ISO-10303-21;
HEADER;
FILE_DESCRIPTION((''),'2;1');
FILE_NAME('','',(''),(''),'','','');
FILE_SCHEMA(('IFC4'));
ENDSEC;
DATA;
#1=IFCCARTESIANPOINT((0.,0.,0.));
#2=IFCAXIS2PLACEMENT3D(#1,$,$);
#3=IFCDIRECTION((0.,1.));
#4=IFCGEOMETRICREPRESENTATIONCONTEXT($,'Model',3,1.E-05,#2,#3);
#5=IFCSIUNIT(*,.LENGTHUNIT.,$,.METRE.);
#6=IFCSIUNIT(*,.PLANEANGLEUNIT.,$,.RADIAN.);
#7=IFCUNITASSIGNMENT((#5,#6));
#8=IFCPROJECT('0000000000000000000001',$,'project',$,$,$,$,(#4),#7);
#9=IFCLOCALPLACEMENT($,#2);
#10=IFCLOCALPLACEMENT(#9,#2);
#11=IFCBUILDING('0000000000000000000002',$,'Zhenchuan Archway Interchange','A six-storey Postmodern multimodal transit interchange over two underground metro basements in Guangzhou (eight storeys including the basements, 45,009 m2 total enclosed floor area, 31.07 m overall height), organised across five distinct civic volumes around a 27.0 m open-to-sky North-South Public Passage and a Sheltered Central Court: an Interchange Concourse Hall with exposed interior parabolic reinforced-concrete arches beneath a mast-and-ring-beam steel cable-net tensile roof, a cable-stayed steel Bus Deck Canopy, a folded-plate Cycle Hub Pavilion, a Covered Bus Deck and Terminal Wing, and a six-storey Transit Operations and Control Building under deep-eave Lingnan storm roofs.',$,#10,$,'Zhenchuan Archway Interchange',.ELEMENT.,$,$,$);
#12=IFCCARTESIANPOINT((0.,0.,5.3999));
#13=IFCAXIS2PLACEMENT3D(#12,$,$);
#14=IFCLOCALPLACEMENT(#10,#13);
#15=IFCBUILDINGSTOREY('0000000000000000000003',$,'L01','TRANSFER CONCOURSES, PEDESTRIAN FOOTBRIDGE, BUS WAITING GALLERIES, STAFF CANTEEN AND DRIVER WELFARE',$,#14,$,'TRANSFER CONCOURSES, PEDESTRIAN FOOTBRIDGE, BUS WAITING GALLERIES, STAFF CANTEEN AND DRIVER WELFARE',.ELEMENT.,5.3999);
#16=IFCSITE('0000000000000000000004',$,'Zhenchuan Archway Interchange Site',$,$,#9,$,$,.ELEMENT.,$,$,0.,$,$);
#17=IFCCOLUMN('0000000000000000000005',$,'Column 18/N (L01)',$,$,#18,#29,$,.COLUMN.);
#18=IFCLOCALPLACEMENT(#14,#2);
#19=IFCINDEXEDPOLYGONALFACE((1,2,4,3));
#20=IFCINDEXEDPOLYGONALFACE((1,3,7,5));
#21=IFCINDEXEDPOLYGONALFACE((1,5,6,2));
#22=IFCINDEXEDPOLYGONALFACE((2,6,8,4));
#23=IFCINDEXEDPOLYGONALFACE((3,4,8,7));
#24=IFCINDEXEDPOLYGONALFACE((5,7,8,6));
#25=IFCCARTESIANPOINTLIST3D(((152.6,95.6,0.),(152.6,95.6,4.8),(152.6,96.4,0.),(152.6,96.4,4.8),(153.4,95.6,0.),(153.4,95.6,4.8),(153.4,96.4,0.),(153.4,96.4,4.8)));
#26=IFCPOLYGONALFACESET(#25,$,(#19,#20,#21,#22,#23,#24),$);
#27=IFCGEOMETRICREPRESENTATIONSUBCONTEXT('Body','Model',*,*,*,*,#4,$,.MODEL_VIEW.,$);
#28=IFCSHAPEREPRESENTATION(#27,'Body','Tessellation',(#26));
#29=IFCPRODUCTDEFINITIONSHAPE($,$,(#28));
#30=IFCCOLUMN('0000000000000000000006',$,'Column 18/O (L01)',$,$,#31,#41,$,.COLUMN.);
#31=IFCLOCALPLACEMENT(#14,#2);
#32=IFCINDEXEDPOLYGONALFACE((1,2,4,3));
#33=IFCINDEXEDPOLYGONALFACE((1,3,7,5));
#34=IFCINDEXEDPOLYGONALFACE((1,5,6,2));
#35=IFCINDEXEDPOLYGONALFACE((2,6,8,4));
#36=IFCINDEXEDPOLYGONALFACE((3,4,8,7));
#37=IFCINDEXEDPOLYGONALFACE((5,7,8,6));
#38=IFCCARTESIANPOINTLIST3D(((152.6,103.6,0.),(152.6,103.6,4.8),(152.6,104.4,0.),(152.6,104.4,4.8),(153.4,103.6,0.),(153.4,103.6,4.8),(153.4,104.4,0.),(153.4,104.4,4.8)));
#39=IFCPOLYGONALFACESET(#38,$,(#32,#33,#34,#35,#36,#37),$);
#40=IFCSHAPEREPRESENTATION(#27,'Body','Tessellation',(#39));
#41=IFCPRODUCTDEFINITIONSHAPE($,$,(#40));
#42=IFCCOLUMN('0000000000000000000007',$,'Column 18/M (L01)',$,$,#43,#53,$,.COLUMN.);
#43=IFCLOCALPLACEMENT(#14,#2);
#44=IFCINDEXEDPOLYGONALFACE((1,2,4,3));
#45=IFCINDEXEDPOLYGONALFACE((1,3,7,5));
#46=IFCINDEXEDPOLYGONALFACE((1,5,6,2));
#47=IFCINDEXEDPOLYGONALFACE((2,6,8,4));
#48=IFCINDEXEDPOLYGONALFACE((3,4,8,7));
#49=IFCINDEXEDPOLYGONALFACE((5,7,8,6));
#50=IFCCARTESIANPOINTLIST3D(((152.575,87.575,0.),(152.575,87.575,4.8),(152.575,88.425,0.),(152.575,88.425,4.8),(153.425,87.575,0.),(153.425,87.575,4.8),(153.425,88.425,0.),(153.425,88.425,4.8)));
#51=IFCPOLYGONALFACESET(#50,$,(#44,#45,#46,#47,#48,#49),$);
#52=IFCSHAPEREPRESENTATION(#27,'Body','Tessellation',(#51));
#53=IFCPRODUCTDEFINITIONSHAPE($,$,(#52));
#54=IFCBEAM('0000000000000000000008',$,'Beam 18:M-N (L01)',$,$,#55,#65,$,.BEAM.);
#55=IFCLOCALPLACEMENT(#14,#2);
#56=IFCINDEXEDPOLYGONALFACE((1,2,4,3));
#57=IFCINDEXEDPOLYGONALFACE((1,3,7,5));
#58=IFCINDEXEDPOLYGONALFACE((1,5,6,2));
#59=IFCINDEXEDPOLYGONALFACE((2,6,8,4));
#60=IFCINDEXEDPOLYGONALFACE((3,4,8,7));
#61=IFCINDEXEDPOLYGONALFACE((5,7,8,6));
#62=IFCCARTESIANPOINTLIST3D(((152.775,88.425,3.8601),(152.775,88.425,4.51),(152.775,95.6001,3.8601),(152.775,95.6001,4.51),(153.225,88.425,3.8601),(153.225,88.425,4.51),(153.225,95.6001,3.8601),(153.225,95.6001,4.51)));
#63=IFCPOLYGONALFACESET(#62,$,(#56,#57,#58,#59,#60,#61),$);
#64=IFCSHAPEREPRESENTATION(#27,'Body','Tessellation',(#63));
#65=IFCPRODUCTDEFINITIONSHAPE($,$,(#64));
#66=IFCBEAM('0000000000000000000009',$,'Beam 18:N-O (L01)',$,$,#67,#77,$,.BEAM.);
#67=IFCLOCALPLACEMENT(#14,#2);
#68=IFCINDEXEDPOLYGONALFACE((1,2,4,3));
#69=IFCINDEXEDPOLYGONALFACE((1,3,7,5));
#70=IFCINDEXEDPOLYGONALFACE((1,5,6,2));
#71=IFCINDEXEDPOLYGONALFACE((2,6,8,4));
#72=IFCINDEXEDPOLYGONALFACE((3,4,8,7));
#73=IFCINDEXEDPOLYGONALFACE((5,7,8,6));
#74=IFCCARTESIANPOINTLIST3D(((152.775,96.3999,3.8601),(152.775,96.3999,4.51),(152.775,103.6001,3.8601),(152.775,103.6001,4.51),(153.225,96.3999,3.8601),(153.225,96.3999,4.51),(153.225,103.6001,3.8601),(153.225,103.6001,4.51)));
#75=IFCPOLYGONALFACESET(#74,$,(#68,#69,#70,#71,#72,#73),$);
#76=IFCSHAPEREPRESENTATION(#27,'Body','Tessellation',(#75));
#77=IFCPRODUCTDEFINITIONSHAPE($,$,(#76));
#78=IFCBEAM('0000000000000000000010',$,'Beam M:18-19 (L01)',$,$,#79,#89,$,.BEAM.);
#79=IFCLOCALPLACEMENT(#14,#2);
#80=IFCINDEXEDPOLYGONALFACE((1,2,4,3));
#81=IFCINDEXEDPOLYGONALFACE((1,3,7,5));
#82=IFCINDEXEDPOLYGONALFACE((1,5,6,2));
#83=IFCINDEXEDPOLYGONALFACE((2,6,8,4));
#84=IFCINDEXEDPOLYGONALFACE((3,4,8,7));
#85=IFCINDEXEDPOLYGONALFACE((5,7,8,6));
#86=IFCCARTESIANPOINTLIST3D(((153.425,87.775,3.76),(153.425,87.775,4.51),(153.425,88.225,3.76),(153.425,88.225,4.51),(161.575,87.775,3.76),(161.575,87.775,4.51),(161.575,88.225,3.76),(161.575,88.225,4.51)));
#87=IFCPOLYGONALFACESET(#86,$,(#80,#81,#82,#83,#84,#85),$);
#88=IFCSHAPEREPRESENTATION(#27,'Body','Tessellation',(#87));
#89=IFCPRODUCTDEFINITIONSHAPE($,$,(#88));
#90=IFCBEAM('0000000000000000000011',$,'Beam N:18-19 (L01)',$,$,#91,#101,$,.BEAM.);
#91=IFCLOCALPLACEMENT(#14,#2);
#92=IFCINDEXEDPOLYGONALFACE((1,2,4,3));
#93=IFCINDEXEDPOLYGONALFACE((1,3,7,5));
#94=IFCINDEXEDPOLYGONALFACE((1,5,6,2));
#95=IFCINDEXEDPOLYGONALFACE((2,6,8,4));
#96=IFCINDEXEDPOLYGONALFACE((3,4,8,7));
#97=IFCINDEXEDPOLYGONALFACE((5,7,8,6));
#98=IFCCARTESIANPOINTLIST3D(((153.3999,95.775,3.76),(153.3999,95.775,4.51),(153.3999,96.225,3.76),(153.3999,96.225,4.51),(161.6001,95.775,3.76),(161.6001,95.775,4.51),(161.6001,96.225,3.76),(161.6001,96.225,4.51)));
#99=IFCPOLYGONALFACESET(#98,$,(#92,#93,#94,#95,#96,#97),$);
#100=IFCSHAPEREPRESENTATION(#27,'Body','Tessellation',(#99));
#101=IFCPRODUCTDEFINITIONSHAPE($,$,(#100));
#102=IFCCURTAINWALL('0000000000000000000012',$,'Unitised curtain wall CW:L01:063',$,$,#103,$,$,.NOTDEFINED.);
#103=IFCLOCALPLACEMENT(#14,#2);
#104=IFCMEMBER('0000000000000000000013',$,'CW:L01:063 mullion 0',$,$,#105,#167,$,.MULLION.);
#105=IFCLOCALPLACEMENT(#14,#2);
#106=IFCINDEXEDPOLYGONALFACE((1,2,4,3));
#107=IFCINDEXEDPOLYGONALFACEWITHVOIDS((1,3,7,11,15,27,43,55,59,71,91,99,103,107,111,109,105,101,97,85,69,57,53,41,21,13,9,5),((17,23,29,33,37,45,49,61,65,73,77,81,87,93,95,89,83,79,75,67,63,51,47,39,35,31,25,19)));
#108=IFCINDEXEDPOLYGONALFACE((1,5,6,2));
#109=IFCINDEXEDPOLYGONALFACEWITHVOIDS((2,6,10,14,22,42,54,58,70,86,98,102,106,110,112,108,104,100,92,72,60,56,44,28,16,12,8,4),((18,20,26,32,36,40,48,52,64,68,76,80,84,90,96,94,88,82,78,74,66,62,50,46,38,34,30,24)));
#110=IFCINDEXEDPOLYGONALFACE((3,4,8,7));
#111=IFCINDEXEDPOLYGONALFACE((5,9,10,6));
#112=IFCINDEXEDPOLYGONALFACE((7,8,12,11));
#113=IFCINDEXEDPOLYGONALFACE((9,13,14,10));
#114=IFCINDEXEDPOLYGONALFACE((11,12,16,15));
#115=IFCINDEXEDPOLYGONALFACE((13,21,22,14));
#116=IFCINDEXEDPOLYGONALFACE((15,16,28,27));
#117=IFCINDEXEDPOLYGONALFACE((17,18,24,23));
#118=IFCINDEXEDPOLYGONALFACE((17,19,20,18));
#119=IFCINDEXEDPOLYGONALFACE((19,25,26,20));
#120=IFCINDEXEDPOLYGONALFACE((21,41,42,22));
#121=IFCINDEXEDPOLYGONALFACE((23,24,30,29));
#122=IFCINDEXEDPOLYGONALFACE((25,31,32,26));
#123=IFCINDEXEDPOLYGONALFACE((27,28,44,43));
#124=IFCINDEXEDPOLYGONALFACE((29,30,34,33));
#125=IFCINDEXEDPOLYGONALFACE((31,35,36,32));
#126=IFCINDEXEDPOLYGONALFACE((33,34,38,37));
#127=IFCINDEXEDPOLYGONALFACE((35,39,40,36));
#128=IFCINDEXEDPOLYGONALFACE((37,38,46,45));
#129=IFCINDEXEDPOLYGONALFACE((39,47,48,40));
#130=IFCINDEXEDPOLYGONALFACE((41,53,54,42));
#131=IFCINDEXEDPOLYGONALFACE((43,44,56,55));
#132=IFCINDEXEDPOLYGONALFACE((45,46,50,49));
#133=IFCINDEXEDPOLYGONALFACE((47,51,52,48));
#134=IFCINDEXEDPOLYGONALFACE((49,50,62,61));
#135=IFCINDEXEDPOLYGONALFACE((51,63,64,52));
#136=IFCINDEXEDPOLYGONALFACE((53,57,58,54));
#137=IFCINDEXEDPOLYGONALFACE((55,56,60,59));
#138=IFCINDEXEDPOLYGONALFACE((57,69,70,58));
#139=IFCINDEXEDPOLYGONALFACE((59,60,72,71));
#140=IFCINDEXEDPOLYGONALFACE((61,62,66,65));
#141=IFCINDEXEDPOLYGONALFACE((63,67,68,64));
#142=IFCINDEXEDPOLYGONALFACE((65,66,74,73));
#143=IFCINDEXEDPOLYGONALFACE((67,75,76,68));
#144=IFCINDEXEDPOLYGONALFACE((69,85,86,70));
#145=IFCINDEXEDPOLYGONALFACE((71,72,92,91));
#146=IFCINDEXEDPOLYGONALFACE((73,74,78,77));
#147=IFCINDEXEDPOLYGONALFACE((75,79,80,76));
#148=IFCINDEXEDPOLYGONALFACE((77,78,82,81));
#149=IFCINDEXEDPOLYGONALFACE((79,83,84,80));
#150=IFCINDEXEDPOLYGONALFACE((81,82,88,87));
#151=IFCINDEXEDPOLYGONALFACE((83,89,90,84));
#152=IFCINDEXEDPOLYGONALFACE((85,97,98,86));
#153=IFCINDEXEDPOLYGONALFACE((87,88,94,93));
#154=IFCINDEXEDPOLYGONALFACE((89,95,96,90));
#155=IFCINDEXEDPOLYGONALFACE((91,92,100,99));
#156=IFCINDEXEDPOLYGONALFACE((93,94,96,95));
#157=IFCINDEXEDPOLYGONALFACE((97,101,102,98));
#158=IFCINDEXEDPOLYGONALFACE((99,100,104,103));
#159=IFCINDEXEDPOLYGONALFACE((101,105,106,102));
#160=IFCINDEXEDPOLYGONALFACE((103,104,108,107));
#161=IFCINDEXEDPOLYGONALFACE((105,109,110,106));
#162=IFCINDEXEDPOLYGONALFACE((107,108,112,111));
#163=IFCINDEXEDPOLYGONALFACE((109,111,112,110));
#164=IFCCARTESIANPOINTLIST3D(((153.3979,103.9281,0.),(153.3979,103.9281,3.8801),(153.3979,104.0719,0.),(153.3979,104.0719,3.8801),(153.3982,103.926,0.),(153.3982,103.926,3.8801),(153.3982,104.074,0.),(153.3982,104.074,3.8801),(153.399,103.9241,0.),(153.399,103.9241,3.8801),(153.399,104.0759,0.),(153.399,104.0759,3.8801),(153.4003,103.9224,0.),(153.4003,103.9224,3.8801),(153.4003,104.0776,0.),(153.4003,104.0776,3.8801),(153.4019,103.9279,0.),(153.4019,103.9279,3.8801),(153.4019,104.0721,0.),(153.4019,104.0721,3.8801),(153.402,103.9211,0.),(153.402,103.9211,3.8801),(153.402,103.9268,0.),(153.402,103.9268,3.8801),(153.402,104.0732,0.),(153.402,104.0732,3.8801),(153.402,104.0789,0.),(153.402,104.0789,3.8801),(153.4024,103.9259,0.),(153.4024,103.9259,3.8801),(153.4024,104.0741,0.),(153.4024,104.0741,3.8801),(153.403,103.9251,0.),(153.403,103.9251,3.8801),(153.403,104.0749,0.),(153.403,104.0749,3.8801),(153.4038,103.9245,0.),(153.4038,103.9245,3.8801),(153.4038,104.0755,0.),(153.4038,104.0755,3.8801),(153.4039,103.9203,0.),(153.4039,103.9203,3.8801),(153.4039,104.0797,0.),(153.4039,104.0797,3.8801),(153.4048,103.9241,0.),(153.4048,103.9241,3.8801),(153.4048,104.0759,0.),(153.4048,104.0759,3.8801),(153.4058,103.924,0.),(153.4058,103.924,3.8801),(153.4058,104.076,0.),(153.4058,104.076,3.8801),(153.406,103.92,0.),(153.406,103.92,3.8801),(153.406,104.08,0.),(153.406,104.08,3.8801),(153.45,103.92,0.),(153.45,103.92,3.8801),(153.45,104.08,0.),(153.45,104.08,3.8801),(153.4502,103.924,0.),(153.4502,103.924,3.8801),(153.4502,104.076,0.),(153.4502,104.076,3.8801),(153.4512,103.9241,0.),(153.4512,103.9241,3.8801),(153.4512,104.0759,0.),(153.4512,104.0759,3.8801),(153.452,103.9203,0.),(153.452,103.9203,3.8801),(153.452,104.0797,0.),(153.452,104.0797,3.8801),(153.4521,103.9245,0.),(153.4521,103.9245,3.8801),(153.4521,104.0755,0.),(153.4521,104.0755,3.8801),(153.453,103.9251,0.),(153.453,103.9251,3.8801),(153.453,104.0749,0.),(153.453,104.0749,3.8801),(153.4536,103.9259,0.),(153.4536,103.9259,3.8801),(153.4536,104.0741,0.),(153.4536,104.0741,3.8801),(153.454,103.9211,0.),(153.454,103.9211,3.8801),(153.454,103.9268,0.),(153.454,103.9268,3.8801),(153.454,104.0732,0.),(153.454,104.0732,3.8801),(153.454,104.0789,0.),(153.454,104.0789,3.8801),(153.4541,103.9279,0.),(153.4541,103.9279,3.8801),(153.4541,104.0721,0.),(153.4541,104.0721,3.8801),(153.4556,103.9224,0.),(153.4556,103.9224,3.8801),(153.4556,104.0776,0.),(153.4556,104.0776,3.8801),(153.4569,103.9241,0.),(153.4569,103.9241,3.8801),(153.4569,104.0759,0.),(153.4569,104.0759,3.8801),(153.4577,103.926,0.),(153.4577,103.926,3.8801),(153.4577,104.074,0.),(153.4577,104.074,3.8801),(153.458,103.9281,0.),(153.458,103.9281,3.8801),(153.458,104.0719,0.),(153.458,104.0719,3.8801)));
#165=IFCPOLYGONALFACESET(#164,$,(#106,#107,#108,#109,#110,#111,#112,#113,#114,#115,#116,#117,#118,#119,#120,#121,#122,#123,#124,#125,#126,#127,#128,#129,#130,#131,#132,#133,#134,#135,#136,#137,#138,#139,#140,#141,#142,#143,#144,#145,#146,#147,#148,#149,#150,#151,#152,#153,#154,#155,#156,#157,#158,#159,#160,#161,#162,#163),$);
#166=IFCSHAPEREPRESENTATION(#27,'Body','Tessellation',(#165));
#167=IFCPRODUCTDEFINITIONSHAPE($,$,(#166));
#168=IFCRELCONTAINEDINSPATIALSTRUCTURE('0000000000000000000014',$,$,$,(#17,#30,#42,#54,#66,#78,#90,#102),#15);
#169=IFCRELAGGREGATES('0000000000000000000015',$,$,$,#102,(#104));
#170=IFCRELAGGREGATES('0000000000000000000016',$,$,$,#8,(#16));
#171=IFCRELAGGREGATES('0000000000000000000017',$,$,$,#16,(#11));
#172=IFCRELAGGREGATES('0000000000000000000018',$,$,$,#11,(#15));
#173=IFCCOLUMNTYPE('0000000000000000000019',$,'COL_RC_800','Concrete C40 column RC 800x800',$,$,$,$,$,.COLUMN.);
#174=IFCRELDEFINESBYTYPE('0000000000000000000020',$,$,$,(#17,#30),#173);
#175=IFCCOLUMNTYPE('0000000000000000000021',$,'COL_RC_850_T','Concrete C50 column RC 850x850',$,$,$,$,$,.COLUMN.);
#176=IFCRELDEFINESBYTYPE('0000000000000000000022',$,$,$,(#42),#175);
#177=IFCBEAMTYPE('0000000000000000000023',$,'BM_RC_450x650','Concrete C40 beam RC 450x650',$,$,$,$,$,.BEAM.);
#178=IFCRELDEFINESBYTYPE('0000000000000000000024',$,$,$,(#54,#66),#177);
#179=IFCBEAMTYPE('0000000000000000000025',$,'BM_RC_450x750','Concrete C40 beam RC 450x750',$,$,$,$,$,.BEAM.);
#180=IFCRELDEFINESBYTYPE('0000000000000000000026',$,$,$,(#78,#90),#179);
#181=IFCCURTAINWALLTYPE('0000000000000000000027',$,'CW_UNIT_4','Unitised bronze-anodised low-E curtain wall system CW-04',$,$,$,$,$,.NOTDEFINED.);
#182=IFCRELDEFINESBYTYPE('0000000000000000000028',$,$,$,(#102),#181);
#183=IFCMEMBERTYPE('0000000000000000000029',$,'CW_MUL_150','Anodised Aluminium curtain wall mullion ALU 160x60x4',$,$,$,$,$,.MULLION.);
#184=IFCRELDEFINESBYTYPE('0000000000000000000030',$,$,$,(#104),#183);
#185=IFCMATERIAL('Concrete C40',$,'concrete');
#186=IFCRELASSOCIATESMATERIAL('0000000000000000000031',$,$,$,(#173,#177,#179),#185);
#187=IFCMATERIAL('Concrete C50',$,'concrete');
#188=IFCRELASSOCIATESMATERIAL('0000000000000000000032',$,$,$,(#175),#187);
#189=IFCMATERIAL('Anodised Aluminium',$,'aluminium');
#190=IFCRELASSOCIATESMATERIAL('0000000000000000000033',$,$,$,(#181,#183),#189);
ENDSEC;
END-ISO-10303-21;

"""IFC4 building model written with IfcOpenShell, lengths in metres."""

from ifc_helpers import new_model, si_unit, direction, frame, origin, origin_2d, place, context, subcontext, project, spatial, rectangle, hollow_rectangle, extrude, material, material_profile, profile_set, type_object, element, aggregate, save


model = new_model("IFC4")

# Units and contexts
model_context = context("Model", 3, precision=1e-05, world=origin(), true_north=direction((0.0, 1.0)))
body_context = subcontext(model_context, "Body", "Model", "MODEL_VIEW")
ifc_project = project(units=[si_unit("LENGTHUNIT", "METRE"), si_unit("PLANEANGLEUNIT", "RADIAN")], contexts=[model_context])

# Site, building, storey
site_placement = place(None, origin())
site = spatial("IfcSite", under=ifc_project, at=site_placement, Name="Zhenchuan Archway Interchange Site", CompositionType="ELEMENT", RefElevation=0.0)
building_placement = place(site_placement, origin())
building = spatial("IfcBuilding", under=site, at=building_placement, Name="Zhenchuan Archway Interchange", Description="A six-storey Postmodern multimodal transit interchange over two underground metro basements in Guangzhou (eight storeys including the basements, 45,009 m2 total enclosed floor area, 31.07 m overall height), organised across five distinct civic volumes around a 27.0 m open-to-sky North-South Public Passage and a Sheltered Central Court: an Interchange Concourse Hall with exposed interior parabolic reinforced-concrete arches beneath a mast-and-ring-beam steel cable-net tensile roof, a cable-stayed steel Bus Deck Canopy, a folded-plate Cycle Hub Pavilion, a Covered Bus Deck and Terminal Wing, and a six-storey Transit Operations and Control Building under deep-eave Lingnan storm roofs.", LongName="Zhenchuan Archway Interchange", CompositionType="ELEMENT")
storey_placement = place(building_placement, frame((0.0, 0.0, 5.3999)))
storey = spatial("IfcBuildingStorey", under=building, at=storey_placement, Name="L01", Description="TRANSFER CONCOURSES, PEDESTRIAN FOOTBRIDGE, BUS WAITING GALLERIES, STAFF CANTEEN AND DRIVER WELFARE", LongName="TRANSFER CONCOURSES, PEDESTRIAN FOOTBRIDGE, BUS WAITING GALLERIES, STAFF CANTEEN AND DRIVER WELFARE", CompositionType="ELEMENT", Elevation=5.3999)

# Columns
ifc_material_1 = material(Name="Concrete C40", Category="concrete")
ifc_material_profile_1 = material_profile(ifc_material_1, rectangle(XDim=0.8, YDim=0.8, at=origin_2d()), Name="RC 800x800")
ifc_profile_set_1 = profile_set([ifc_material_profile_1], Name="Concrete C40")
column_type_1 = type_object("IfcColumnType", Name="COL_RC_800", Description="Concrete C40 column RC 800x800", PredefinedType="COLUMN", material=ifc_profile_set_1)
for number, where, z_axis, x_axis, name in (
    (1, (153.0, 96.0, 0.0), (0.0, 0.0, 1.0), (1.0, 0.0, 0.0), "Column 18/N (L01)"),
    (2, (153.0, 104.0, 0.0), (0.0, 0.0, 1.0), (1.0, 0.0, 0.0), "Column 18/O (L01)"),
):
    element("IfcColumn", number, at=place(storey_placement, frame(where, z_axis=z_axis, x_axis=x_axis)), inside=storey, type_object=column_type_1, Name=name, PredefinedType="COLUMN", context=body_context, shape_type="SweptSolid", body=[
        extrude(rectangle(XDim=0.8, YDim=0.8, at=origin_2d()), origin(), (0.0, 0.0, 1.0), 4.8),
    ])
ifc_material_2 = material(Name="Concrete C50", Category="concrete")
ifc_material_profile_2 = material_profile(ifc_material_2, rectangle(XDim=0.8501, YDim=0.8501, at=origin_2d()), Name="RC 850x850")
ifc_profile_set_2 = profile_set([ifc_material_profile_2], Name="Concrete C50")
column_type_2 = type_object("IfcColumnType", Name="COL_RC_850_T", Description="Concrete C50 column RC 850x850", PredefinedType="COLUMN", material=ifc_profile_set_2)
column_placement = place(storey_placement, frame((153.0, 88.0, 0.0), z_axis=(0.0, 0.0, 1.0), x_axis=(1.0, 0.0, 0.0)))
element("IfcColumn", 3, at=column_placement, inside=storey, type_object=column_type_2, Name="Column 18/M (L01)", PredefinedType="COLUMN", context=body_context, shape_type="SweptSolid", body=[
    extrude(rectangle(XDim=0.8501, YDim=0.8501, at=origin_2d()), origin(), (0.0, 0.0, 1.0), 4.8),
])

# Beams
ifc_material_profile_3 = material_profile(ifc_material_1, rectangle(XDim=0.45, YDim=0.6499, at=origin_2d()), Name="RC 450x650")
ifc_profile_set_3 = profile_set([ifc_material_profile_3], Name="Concrete C40")
beam_type_1 = type_object("IfcBeamType", Name="BM_RC_450x650", Description="Concrete C40 beam RC 450x650", PredefinedType="BEAM", material=ifc_profile_set_3)
beam_1_placement = place(storey_placement, frame((153.0, 88.425, 4.1851), z_axis=(0.0, 1.0, 0.0), x_axis=(-1.0, 0.0, 0.0)))
element("IfcBeam", 4, at=beam_1_placement, inside=storey, type_object=beam_type_1, Name="Beam 18:M-N (L01)", PredefinedType="BEAM", context=body_context, shape_type="SweptSolid", body=[
    extrude(rectangle(XDim=0.45, YDim=0.6499, at=origin_2d()), origin(), (0.0, 0.0, 1.0), 7.175),
])
beam_2_placement = place(storey_placement, frame((153.0, 96.3999, 4.1851), z_axis=(0.0, 1.0, 0.0), x_axis=(-1.0, 0.0, 0.0)))
element("IfcBeam", 5, at=beam_2_placement, inside=storey, type_object=beam_type_1, Name="Beam 18:N-O (L01)", PredefinedType="BEAM", context=body_context, shape_type="SweptSolid", body=[
    extrude(rectangle(XDim=0.45, YDim=0.6499, at=origin_2d()), origin(), (0.0, 0.0, 1.0), 7.2002),
])
ifc_material_profile_4 = material_profile(ifc_material_1, rectangle(XDim=0.45, YDim=0.75, at=origin_2d()), Name="RC 450x750")
ifc_profile_set_4 = profile_set([ifc_material_profile_4], Name="Concrete C40")
beam_type_2 = type_object("IfcBeamType", Name="BM_RC_450x750", Description="Concrete C40 beam RC 450x750", PredefinedType="BEAM", material=ifc_profile_set_4)
beam_3_placement = place(storey_placement, frame((153.425, 88.0, 4.135), z_axis=(1.0, 0.0, 0.0), x_axis=(0.0, 1.0, 0.0)))
element("IfcBeam", 6, at=beam_3_placement, inside=storey, type_object=beam_type_2, Name="Beam M:18-19 (L01)", PredefinedType="BEAM", context=body_context, shape_type="SweptSolid", body=[
    extrude(rectangle(XDim=0.45, YDim=0.75, at=origin_2d()), origin(), (0.0, 0.0, 1.0), 8.1499),
])
beam_4_placement = place(storey_placement, frame((153.3999, 96.0, 4.135), z_axis=(1.0, 0.0, 0.0), x_axis=(0.0, 1.0, 0.0)))
element("IfcBeam", 7, at=beam_4_placement, inside=storey, type_object=beam_type_2, Name="Beam N:18-19 (L01)", PredefinedType="BEAM", context=body_context, shape_type="SweptSolid", body=[
    extrude(rectangle(XDim=0.45, YDim=0.75, at=origin_2d()), origin(), (0.0, 0.0, 1.0), 8.2002),
])

# Curtain wall, member
ifc_material_3 = material(Name="Anodised Aluminium", Category="aluminium")
curtain_wall_type = type_object("IfcCurtainWallType", Name="CW_UNIT_4", Description="Unitised bronze-anodised low-E curtain wall system CW-04", PredefinedType="NOTDEFINED", material=ifc_material_3)
curtain_wall_placement = place(storey_placement, origin())
curtain_wall = element("IfcCurtainWall", 8, at=curtain_wall_placement, inside=storey, type_object=curtain_wall_type, Name="Unitised curtain wall CW:L01:063", PredefinedType="NOTDEFINED")
ifc_material_profile_5 = material_profile(ifc_material_3, hollow_rectangle(XDim=0.0601, YDim=0.1599, WallThickness=0.0039, InnerFilletRadius=0.0039, OuterFilletRadius=0.0081, at=origin_2d()), Name="ALU 160x60x4")
ifc_profile_set_5 = profile_set([ifc_material_profile_5], Name="Anodised Aluminium")
member_type_1 = type_object("IfcMemberType", Name="CW_MUL_150", Description="Anodised Aluminium curtain wall mullion ALU 160x60x4", PredefinedType="MULLION", material=ifc_profile_set_5)
member_1_placement = place(storey_placement, frame((153.428, 104.0, 0.0), z_axis=(0.0, 0.0, 1.0), x_axis=(1.0, 0.0, 0.0)))
member_1 = element("IfcMember", 9, at=member_1_placement, type_object=member_type_1, Name="CW:L01:063 mullion 0", PredefinedType="MULLION", context=body_context, shape_type="SweptSolid", body=[
    extrude(hollow_rectangle(XDim=0.0601, YDim=0.1599, WallThickness=0.0039, InnerFilletRadius=0.0039, OuterFilletRadius=0.0081, at=origin_2d()), origin(), (0.0, 0.0, 1.0), 3.8801),
])
aggregate(curtain_wall, [member_1])

save(model, "model.ifc")
